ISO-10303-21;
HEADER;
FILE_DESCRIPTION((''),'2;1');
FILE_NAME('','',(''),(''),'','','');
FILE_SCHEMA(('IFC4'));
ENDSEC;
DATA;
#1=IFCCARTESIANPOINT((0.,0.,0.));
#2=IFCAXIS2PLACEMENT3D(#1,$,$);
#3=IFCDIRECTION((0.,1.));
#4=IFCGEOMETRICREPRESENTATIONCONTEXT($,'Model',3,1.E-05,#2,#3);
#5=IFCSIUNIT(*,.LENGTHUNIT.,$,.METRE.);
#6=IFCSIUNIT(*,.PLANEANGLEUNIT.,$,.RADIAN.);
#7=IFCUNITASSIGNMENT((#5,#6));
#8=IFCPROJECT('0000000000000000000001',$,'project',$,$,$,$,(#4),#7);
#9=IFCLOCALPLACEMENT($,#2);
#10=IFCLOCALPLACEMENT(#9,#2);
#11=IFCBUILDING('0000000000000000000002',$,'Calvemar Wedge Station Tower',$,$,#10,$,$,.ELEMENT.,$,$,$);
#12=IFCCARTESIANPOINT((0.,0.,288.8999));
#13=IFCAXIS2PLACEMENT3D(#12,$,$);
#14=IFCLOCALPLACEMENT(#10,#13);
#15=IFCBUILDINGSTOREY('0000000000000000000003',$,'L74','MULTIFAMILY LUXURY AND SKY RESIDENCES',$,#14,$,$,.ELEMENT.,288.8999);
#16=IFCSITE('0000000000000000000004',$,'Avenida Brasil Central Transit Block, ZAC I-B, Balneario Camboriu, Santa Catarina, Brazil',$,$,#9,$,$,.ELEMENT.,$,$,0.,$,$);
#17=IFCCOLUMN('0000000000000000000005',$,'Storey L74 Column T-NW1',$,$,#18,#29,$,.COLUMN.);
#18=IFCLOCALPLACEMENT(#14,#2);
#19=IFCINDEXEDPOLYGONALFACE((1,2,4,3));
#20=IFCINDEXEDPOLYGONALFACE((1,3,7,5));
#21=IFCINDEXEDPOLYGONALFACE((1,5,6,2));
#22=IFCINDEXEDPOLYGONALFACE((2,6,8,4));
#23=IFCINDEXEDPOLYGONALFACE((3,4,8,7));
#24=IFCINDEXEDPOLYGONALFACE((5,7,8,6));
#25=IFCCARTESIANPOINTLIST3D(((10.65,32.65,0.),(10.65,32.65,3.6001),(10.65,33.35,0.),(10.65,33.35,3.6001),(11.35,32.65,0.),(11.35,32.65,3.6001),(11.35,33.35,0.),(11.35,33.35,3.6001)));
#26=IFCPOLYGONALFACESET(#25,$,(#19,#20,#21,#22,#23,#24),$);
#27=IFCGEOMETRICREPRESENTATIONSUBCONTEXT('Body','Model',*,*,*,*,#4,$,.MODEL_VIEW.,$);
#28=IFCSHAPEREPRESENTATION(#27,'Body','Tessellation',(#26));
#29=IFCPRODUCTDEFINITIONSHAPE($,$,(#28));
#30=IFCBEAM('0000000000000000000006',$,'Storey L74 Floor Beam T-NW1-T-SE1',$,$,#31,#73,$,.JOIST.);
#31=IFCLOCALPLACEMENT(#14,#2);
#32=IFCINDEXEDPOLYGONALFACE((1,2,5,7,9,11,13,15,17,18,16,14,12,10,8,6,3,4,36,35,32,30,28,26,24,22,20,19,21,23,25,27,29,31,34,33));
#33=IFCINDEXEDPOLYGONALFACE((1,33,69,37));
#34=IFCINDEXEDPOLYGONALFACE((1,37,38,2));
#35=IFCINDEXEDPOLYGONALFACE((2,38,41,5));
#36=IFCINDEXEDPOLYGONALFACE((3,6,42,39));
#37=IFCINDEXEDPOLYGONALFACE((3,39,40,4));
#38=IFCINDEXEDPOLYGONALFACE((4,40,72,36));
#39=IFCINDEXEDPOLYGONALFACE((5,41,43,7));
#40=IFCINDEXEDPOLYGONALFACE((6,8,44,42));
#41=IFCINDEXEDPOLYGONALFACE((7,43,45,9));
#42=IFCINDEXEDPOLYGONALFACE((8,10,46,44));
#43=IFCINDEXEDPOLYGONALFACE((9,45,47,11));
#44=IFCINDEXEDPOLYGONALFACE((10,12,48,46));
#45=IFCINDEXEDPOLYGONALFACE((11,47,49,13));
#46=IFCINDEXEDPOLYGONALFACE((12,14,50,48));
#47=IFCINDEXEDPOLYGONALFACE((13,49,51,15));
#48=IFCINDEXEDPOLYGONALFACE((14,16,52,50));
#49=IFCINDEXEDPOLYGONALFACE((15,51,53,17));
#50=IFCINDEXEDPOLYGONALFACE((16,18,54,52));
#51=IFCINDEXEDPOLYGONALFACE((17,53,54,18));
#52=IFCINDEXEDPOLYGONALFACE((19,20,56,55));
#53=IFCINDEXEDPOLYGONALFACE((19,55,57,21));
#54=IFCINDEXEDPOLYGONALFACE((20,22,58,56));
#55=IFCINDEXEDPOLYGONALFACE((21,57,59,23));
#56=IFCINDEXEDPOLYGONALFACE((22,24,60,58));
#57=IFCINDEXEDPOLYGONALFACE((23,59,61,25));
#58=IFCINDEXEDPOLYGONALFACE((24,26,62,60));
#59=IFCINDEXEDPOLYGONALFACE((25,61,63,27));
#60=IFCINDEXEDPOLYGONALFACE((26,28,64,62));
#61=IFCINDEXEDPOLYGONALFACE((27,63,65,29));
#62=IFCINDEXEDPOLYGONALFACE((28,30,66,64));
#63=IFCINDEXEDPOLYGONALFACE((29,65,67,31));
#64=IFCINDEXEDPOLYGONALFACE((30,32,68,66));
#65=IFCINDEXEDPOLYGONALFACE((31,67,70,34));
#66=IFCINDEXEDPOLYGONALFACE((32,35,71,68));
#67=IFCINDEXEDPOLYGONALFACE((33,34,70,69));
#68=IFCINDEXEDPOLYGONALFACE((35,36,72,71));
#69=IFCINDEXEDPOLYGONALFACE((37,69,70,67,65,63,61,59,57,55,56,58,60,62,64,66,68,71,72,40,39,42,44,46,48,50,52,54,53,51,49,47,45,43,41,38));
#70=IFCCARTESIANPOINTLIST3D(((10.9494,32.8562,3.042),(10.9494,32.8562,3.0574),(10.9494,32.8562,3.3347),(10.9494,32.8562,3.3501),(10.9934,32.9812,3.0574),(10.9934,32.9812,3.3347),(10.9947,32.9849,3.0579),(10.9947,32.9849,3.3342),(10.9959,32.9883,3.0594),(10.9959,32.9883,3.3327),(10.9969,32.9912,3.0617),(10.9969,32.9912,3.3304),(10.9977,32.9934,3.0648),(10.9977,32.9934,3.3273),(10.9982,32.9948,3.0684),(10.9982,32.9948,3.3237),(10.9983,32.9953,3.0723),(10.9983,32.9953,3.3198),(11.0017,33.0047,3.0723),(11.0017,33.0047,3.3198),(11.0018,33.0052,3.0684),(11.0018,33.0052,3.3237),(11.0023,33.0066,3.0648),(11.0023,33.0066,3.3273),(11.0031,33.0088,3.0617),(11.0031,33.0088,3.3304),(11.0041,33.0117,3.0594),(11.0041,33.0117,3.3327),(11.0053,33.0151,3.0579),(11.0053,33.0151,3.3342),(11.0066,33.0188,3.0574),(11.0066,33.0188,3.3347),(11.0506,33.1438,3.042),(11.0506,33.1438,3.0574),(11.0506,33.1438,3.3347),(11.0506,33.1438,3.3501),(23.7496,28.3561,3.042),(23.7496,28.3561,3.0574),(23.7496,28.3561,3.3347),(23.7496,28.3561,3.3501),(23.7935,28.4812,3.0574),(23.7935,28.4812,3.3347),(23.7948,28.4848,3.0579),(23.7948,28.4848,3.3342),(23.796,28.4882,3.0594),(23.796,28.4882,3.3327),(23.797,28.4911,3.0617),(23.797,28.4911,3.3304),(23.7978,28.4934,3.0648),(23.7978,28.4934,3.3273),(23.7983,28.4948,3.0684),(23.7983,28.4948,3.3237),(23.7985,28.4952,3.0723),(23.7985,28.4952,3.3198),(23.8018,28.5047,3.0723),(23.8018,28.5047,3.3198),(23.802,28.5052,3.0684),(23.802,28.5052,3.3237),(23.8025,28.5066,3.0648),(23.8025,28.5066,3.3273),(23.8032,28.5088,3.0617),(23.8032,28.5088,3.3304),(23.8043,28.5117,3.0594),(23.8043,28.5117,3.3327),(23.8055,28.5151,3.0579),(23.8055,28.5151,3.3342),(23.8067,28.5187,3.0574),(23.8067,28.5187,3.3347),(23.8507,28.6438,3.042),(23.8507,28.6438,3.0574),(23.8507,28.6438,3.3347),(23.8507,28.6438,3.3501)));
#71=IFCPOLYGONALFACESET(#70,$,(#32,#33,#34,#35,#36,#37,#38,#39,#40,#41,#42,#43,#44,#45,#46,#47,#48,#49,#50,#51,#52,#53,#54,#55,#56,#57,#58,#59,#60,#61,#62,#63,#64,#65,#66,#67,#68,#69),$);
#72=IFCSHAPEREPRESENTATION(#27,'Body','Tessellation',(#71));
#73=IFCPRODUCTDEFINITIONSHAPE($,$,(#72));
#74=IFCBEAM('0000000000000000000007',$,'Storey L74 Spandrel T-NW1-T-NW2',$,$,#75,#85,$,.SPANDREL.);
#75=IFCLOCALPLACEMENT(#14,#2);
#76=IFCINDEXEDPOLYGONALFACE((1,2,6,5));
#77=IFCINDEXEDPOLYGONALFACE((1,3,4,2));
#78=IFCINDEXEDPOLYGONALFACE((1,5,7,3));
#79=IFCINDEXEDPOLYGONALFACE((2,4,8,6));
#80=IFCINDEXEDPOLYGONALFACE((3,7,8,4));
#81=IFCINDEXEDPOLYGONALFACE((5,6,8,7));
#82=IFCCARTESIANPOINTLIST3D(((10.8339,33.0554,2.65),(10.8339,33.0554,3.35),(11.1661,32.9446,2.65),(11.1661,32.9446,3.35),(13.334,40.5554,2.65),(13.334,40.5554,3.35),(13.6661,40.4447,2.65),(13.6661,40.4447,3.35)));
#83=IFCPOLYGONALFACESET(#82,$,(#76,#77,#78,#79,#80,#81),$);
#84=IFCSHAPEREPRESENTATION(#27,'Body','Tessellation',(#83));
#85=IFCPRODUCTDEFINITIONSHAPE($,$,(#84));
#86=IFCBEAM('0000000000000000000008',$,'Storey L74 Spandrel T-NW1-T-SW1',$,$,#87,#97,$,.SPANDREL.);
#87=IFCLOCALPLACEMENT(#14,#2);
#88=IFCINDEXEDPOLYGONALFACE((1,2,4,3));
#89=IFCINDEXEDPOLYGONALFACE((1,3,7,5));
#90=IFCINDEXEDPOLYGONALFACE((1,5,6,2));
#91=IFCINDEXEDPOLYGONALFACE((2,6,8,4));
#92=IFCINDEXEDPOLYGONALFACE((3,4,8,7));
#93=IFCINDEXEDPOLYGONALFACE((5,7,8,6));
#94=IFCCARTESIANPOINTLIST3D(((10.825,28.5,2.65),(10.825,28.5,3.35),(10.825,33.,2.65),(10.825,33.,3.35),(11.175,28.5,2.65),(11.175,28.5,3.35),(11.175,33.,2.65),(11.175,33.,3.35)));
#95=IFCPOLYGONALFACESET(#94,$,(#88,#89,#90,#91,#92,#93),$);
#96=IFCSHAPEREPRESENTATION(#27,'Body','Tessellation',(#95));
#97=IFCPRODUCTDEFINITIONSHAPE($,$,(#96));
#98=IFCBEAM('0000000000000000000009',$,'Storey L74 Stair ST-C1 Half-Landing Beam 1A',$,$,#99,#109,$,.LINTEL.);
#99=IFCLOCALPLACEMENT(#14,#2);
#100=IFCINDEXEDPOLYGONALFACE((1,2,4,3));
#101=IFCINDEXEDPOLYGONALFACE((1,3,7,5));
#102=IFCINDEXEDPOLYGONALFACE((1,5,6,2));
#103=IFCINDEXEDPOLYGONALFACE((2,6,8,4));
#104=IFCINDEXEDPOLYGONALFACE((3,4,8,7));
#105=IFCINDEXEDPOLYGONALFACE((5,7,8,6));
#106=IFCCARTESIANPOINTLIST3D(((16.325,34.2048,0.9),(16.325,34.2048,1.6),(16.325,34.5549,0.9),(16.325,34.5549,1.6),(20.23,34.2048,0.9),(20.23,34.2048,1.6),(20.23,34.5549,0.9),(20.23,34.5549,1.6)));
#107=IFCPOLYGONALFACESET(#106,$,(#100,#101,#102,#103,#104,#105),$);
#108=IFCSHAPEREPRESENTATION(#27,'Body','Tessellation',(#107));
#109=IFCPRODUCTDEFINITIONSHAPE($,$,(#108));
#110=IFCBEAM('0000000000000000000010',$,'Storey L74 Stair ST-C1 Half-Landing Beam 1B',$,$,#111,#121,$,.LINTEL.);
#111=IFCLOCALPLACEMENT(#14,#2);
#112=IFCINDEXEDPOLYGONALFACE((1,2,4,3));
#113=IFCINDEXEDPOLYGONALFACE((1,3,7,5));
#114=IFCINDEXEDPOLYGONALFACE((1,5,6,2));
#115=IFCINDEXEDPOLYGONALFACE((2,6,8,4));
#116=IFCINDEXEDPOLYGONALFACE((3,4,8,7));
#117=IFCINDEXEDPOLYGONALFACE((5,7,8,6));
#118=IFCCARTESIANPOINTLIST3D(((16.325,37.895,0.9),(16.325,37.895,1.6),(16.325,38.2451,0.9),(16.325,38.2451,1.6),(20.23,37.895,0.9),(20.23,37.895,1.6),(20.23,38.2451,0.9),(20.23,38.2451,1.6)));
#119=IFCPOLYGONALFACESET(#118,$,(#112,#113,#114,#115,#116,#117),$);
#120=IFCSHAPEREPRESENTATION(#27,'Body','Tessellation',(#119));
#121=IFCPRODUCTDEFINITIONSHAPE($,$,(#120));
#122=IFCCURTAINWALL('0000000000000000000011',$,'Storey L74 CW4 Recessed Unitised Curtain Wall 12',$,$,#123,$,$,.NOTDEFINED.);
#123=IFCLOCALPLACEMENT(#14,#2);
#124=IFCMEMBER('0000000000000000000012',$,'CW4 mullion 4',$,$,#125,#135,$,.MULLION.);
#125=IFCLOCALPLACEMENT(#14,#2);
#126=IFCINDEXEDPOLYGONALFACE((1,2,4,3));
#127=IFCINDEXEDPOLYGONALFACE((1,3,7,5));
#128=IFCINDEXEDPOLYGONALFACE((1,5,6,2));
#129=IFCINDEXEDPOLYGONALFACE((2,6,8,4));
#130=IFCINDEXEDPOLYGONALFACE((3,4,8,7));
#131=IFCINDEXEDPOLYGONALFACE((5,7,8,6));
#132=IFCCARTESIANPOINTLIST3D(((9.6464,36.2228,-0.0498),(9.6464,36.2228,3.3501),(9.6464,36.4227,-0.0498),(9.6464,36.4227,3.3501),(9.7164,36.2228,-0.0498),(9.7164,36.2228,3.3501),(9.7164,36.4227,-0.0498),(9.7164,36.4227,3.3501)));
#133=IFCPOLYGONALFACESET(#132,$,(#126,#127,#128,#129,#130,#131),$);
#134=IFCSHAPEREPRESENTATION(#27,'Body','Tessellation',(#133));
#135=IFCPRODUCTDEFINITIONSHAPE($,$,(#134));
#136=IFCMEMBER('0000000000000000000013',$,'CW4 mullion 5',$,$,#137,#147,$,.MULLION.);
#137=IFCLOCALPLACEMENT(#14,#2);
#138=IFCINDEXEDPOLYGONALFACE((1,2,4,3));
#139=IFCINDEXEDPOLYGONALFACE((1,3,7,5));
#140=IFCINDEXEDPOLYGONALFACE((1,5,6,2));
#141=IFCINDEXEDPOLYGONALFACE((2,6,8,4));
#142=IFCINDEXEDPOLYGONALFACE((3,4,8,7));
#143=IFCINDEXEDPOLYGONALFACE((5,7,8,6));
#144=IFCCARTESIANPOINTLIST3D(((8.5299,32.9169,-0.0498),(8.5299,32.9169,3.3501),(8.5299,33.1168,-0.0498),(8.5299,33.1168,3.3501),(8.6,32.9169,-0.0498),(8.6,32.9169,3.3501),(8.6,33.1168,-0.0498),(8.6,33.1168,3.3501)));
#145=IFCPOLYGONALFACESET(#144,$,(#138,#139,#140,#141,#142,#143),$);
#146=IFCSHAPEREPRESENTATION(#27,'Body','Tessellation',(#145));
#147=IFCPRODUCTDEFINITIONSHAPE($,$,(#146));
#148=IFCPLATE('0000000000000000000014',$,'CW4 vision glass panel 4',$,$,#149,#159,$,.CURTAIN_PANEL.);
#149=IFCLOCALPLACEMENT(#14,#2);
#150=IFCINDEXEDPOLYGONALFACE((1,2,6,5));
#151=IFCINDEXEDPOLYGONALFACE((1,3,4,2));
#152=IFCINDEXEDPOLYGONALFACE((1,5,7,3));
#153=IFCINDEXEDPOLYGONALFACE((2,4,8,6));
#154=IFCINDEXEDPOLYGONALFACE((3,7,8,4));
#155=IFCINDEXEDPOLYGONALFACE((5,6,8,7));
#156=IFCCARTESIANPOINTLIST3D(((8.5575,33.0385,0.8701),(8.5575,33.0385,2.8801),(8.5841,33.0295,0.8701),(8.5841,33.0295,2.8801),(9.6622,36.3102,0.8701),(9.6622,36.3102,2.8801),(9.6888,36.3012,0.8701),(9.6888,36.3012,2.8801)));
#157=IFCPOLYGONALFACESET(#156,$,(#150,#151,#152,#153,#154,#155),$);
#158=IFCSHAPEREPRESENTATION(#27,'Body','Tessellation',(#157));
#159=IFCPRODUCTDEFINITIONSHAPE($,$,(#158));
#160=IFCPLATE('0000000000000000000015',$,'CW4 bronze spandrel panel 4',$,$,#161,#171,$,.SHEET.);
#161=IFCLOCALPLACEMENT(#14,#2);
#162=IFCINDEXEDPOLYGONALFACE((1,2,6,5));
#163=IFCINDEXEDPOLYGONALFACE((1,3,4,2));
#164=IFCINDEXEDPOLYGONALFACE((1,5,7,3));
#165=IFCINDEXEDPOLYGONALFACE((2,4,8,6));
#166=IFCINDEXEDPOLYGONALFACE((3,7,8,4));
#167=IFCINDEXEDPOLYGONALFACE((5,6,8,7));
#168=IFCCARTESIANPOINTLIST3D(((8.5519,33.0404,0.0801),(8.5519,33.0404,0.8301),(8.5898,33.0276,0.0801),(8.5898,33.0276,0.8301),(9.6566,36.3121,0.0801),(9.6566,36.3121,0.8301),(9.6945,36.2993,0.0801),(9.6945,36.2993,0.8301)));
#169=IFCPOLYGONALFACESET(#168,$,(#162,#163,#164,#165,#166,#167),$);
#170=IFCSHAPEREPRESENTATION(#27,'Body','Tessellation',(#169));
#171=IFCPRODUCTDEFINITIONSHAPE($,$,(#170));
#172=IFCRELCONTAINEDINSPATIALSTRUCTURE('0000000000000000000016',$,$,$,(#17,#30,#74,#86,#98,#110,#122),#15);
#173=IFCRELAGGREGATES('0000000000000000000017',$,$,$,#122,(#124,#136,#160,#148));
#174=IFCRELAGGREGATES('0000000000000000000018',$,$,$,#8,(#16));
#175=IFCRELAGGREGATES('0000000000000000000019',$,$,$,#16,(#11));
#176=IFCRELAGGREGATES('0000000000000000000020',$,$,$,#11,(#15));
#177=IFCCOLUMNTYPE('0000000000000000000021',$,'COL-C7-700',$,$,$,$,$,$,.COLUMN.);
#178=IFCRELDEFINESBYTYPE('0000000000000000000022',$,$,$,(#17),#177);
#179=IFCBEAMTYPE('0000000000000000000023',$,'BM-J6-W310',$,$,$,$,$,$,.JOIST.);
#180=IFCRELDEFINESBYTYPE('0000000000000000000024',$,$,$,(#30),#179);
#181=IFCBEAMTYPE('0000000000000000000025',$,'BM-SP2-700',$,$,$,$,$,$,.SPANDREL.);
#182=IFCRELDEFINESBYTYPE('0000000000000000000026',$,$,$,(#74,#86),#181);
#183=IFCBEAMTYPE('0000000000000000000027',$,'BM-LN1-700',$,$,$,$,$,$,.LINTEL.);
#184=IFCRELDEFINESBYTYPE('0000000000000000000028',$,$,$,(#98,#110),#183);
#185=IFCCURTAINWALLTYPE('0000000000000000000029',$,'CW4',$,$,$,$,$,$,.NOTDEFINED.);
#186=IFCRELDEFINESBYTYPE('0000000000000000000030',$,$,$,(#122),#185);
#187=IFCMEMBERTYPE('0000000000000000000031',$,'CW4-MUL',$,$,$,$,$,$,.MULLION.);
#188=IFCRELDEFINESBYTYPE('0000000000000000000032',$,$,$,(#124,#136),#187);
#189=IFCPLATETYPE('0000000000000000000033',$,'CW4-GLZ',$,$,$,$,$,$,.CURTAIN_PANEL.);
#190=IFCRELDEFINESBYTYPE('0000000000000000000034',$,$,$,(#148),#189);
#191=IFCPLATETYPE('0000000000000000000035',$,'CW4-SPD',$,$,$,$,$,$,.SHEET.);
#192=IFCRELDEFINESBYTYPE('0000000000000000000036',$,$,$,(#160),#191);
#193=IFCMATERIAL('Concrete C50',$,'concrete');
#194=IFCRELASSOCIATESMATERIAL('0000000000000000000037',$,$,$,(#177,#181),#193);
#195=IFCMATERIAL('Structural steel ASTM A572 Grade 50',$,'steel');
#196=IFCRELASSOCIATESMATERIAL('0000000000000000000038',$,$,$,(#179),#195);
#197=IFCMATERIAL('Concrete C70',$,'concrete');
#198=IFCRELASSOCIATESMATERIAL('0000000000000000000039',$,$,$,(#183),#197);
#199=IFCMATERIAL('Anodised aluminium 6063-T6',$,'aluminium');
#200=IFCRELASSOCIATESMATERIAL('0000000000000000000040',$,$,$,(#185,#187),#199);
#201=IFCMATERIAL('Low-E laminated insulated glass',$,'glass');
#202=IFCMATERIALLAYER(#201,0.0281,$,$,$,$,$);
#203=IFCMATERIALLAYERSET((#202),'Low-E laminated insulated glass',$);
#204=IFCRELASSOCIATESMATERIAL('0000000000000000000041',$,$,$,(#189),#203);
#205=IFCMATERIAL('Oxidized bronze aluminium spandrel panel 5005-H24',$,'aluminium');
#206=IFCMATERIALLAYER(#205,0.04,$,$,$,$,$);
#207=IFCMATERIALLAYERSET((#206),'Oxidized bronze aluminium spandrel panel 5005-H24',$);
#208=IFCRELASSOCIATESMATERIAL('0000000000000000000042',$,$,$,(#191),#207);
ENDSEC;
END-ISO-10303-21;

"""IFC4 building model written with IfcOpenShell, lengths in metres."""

from ifc_helpers import new_model, si_unit, direction, frame, frame_2d, origin, origin_2d, place, context, subcontext, project, spatial, rectangle, i_section, extrude, source, transform, mapped, material, layer, layer_set, material_profile, profile_set, type_object, element, aggregate, save


model = new_model("IFC4")

# Units and contexts
model_context = context("Model", 3, precision=1e-05, world=origin(), true_north=direction((0.0, 1.0)))
body_context = subcontext(model_context, "Body", "Model", "MODEL_VIEW")
ifc_project = project(units=[si_unit("LENGTHUNIT", "METRE"), si_unit("PLANEANGLEUNIT", "RADIAN")], contexts=[model_context])

# Site, building, storey
site_placement = place(None, origin())
site = spatial("IfcSite", under=ifc_project, at=site_placement, Name="Avenida Brasil Central Transit Block, ZAC I-B, Balneario Camboriu, Santa Catarina, Brazil", CompositionType="ELEMENT", RefElevation=0.0)
building_placement = place(site_placement, origin())
building = spatial("IfcBuilding", under=site, at=building_placement, Name="Calvemar Wedge Station Tower", CompositionType="ELEMENT")
storey_placement = place(building_placement, frame((0.0, 0.0, 288.8999)))
storey = spatial("IfcBuildingStorey", under=building, at=storey_placement, Name="L74", Description="MULTIFAMILY LUXURY AND SKY RESIDENCES", CompositionType="ELEMENT", Elevation=288.8999)

# Column
ifc_material_1 = material(Name="Concrete C50", Category="concrete")
ifc_material_profile_1 = material_profile(ifc_material_1, rectangle(XDim=0.7, YDim=0.7, at=origin_2d()), Name="RC700x700")
ifc_profile_set_1 = profile_set([ifc_material_profile_1], Name="Concrete C50")
column_type = type_object("IfcColumnType", Name="COL-C7-700", PredefinedType="COLUMN", material=ifc_profile_set_1)
shared_shape_1 = source(origin(), body_context, "Body", "SweptSolid", [
    extrude(rectangle(XDim=0.7, YDim=0.7, at=origin_2d()), origin(), (0.0, 0.0, 1.0), 3.6001),
])
column_placement = place(storey_placement, frame((11.0, 33.0, 0.0), z_axis=(0.0, 0.0, 1.0), x_axis=(1.0, 0.0, 0.0)))
element("IfcColumn", 1, at=column_placement, inside=storey, type_object=column_type, Name="Storey L74 Column T-NW1", PredefinedType="COLUMN", context=body_context, shape_type="MappedRepresentation", body=[
    mapped(shared_shape_1, transform((0.0, 0.0, 0.0), scale=1.0)),
])

# Beams
ifc_material_2 = material(Name="Structural steel ASTM A572 Grade 50", Category="steel")
ifc_material_profile_2 = material_profile(ifc_material_2, i_section(OverallWidth=0.3049, OverallDepth=0.3081, WebThickness=0.01, FlangeThickness=0.0154, FilletRadius=0.0149, at=origin_2d()), Name="W310x97")
ifc_profile_set_2 = profile_set([ifc_material_profile_2], Name="Structural steel ASTM A572 Grade 50")
beam_type_1 = type_object("IfcBeamType", Name="BM-J6-W310", PredefinedType="JOIST", material=ifc_profile_set_2)
shared_shape_2 = source(origin(), body_context, "Body", "SweptSolid", [
    extrude(i_section(OverallWidth=0.3049, OverallDepth=0.3081, WebThickness=0.01, FlangeThickness=0.0154, FilletRadius=0.0149, at=origin_2d()), origin(), (0.0, 0.0, 1.0), 13.5681),
])
beam_1_placement = place(storey_placement, frame((11.0, 33.0, 3.196), z_axis=(0.943398, -0.331662, 0.0), x_axis=(0.331662, 0.943398, 0.0)))
element("IfcBeam", 2, at=beam_1_placement, inside=storey, type_object=beam_type_1, Name="Storey L74 Floor Beam T-NW1-T-SE1", PredefinedType="JOIST", context=body_context, shape_type="MappedRepresentation", body=[
    mapped(shared_shape_2, transform((0.0, 0.0, 0.0), scale=1.0)),
])
ifc_material_profile_3 = material_profile(ifc_material_1, rectangle(XDim=0.3501, YDim=0.7, at=origin_2d()), Name="RC350x700")
ifc_profile_set_3 = profile_set([ifc_material_profile_3], Name="Concrete C50")
beam_type_2 = type_object("IfcBeamType", Name="BM-SP2-700", PredefinedType="SPANDREL", material=ifc_profile_set_3)
shared_shape_3 = source(origin(), body_context, "Body", "SweptSolid", [
    extrude(rectangle(XDim=0.3501, YDim=0.7, at=origin_2d()), origin(), (0.0, 0.0, 1.0), 7.9058),
])
beam_2_placement = place(storey_placement, frame((11.0, 33.0, 3.0), z_axis=(0.316228, 0.948683, 0.0), x_axis=(-0.948683, 0.316228, 0.0)))
element("IfcBeam", 3, at=beam_2_placement, inside=storey, type_object=beam_type_2, Name="Storey L74 Spandrel T-NW1-T-NW2", PredefinedType="SPANDREL", context=body_context, shape_type="MappedRepresentation", body=[
    mapped(shared_shape_3, transform((0.0, 0.0, 0.0), scale=1.0)),
])
shared_shape_4 = source(origin(), body_context, "Body", "SweptSolid", [
    extrude(rectangle(XDim=0.3501, YDim=0.7, at=origin_2d()), origin(), (0.0, 0.0, 1.0), 4.5),
])
beam_3_placement = place(storey_placement, frame((11.0, 33.0, 3.0), z_axis=(0.0, -1.0, 0.0), x_axis=(1.0, 0.0, 0.0)))
element("IfcBeam", 4, at=beam_3_placement, inside=storey, type_object=beam_type_2, Name="Storey L74 Spandrel T-NW1-T-SW1", PredefinedType="SPANDREL", context=body_context, shape_type="MappedRepresentation", body=[
    mapped(shared_shape_4, transform((0.0, 0.0, 0.0), scale=1.0)),
])
ifc_material_3 = material(Name="Concrete C70", Category="concrete")
ifc_material_profile_4 = material_profile(ifc_material_3, rectangle(XDim=0.3501, YDim=0.7, at=origin_2d()), Name="RC350x700")
ifc_profile_set_4 = profile_set([ifc_material_profile_4], Name="Concrete C70")
beam_type_3 = type_object("IfcBeamType", Name="BM-LN1-700", PredefinedType="LINTEL", material=ifc_profile_set_4)
shared_shape_5 = source(origin(), body_context, "Body", "SweptSolid", [
    extrude(rectangle(XDim=0.3501, YDim=0.7, at=origin_2d()), origin(), (0.0, 0.0, 1.0), 3.905),
])
for number, where, z_axis, x_axis, name in (
    (5, (16.325, 34.3799, 1.25), (1.0, 0.0, 0.0), (0.0, 1.0, 0.0), "Storey L74 Stair ST-C1 Half-Landing Beam 1A"),
    (6, (16.325, 38.0701, 1.25), (1.0, 0.0, 0.0), (0.0, 1.0, 0.0), "Storey L74 Stair ST-C1 Half-Landing Beam 1B"),
):
    element("IfcBeam", number, at=place(storey_placement, frame(where, z_axis=z_axis, x_axis=x_axis)), inside=storey, type_object=beam_type_3, Name=name, PredefinedType="LINTEL", context=body_context, shape_type="MappedRepresentation", body=[
        mapped(shared_shape_5, transform((0.0, 0.0, 0.0), scale=1.0)),
    ])

# Curtain wall, members, plates
ifc_material_4 = material(Name="Anodised aluminium 6063-T6", Category="aluminium")
curtain_wall_type = type_object("IfcCurtainWallType", Name="CW4", PredefinedType="NOTDEFINED", material=ifc_material_4)
curtain_wall_placement = place(storey_placement, origin())
curtain_wall = element("IfcCurtainWall", 7, at=curtain_wall_placement, inside=storey, type_object=curtain_wall_type, Name="Storey L74 CW4 Recessed Unitised Curtain Wall 12", PredefinedType="NOTDEFINED")
ifc_material_profile_5 = material_profile(ifc_material_4, rectangle(XDim=0.0701, YDim=0.2, at=origin_2d()), Name="AL-MUL-70x200")
ifc_profile_set_5 = profile_set([ifc_material_profile_5], Name="Anodised aluminium 6063-T6")
member_type = type_object("IfcMemberType", Name="CW4-MUL", PredefinedType="MULLION", material=ifc_profile_set_5)
shared_shape_6 = source(origin(), body_context, "Body", "SweptSolid", [
    extrude(rectangle(XDim=0.0701, YDim=0.2, at=origin_2d()), origin(), (0.0, 0.0, 1.0), 3.3999),
])
member_1_placement = place(storey_placement, frame((9.6814, 36.3228, -0.0498), z_axis=(0.0, 0.0, 1.0), x_axis=(1.0, 0.0, 0.0)))
member_1 = element("IfcMember", 8, at=member_1_placement, type_object=member_type, Name="CW4 mullion 4", PredefinedType="MULLION", context=body_context, shape_type="MappedRepresentation", body=[
    mapped(shared_shape_6, transform((0.0, 0.0, 0.0), scale=1.0)),
])
member_2_placement = place(storey_placement, frame((8.5649, 33.0168, -0.0498), z_axis=(0.0, 0.0, 1.0), x_axis=(1.0, 0.0, 0.0)))
member_2 = element("IfcMember", 9, at=member_2_placement, type_object=member_type, Name="CW4 mullion 5", PredefinedType="MULLION", context=body_context, shape_type="MappedRepresentation", body=[
    mapped(shared_shape_6, transform((0.0, 0.0, 0.0), scale=1.0)),
])
ifc_material_5 = material(Name="Low-E laminated insulated glass", Category="glass")
ifc_layer_1 = layer(ifc_material_5, 0.0281)
ifc_layer_set_1 = layer_set([ifc_layer_1], Name="Low-E laminated insulated glass")
plate_type_1 = type_object("IfcPlateType", Name="CW4-GLZ", PredefinedType="CURTAIN_PANEL", material=ifc_layer_set_1)
plate_1_placement = place(storey_placement, frame((9.6755, 36.3057, 0.8701), z_axis=(0.0, 0.0, 1.0), x_axis=(-0.319916, -0.947446, 0.0)))
plate_1 = element("IfcPlate", 10, at=plate_1_placement, type_object=plate_type_1, Name="CW4 vision glass panel 4", PredefinedType="CURTAIN_PANEL", context=body_context, shape_type="SweptSolid", body=[
    extrude(rectangle(XDim=3.4531, YDim=0.0281, at=frame_2d((1.7266, 0.0))), origin(), (0.0, 0.0, 1.0), 2.01),
])
ifc_material_6 = material(Name="Oxidized bronze aluminium spandrel panel 5005-H24", Category="aluminium")
ifc_layer_2 = layer(ifc_material_6, 0.04)
ifc_layer_set_2 = layer_set([ifc_layer_2], Name="Oxidized bronze aluminium spandrel panel 5005-H24")
plate_type_2 = type_object("IfcPlateType", Name="CW4-SPD", PredefinedType="SHEET", material=ifc_layer_set_2)
plate_2_placement = place(storey_placement, frame((9.6755, 36.3057, 0.0801), z_axis=(0.0, 0.0, 1.0), x_axis=(-0.319916, -0.947446, 0.0)))
plate_2 = element("IfcPlate", 11, at=plate_2_placement, type_object=plate_type_2, Name="CW4 bronze spandrel panel 4", PredefinedType="SHEET", context=body_context, shape_type="SweptSolid", body=[
    extrude(rectangle(XDim=3.4531, YDim=0.04, at=frame_2d((1.7266, 0.0))), origin(), (0.0, 0.0, 1.0), 0.75),
])
aggregate(curtain_wall, [member_1, member_2, plate_2, plate_1])

save(model, "model.ifc")
